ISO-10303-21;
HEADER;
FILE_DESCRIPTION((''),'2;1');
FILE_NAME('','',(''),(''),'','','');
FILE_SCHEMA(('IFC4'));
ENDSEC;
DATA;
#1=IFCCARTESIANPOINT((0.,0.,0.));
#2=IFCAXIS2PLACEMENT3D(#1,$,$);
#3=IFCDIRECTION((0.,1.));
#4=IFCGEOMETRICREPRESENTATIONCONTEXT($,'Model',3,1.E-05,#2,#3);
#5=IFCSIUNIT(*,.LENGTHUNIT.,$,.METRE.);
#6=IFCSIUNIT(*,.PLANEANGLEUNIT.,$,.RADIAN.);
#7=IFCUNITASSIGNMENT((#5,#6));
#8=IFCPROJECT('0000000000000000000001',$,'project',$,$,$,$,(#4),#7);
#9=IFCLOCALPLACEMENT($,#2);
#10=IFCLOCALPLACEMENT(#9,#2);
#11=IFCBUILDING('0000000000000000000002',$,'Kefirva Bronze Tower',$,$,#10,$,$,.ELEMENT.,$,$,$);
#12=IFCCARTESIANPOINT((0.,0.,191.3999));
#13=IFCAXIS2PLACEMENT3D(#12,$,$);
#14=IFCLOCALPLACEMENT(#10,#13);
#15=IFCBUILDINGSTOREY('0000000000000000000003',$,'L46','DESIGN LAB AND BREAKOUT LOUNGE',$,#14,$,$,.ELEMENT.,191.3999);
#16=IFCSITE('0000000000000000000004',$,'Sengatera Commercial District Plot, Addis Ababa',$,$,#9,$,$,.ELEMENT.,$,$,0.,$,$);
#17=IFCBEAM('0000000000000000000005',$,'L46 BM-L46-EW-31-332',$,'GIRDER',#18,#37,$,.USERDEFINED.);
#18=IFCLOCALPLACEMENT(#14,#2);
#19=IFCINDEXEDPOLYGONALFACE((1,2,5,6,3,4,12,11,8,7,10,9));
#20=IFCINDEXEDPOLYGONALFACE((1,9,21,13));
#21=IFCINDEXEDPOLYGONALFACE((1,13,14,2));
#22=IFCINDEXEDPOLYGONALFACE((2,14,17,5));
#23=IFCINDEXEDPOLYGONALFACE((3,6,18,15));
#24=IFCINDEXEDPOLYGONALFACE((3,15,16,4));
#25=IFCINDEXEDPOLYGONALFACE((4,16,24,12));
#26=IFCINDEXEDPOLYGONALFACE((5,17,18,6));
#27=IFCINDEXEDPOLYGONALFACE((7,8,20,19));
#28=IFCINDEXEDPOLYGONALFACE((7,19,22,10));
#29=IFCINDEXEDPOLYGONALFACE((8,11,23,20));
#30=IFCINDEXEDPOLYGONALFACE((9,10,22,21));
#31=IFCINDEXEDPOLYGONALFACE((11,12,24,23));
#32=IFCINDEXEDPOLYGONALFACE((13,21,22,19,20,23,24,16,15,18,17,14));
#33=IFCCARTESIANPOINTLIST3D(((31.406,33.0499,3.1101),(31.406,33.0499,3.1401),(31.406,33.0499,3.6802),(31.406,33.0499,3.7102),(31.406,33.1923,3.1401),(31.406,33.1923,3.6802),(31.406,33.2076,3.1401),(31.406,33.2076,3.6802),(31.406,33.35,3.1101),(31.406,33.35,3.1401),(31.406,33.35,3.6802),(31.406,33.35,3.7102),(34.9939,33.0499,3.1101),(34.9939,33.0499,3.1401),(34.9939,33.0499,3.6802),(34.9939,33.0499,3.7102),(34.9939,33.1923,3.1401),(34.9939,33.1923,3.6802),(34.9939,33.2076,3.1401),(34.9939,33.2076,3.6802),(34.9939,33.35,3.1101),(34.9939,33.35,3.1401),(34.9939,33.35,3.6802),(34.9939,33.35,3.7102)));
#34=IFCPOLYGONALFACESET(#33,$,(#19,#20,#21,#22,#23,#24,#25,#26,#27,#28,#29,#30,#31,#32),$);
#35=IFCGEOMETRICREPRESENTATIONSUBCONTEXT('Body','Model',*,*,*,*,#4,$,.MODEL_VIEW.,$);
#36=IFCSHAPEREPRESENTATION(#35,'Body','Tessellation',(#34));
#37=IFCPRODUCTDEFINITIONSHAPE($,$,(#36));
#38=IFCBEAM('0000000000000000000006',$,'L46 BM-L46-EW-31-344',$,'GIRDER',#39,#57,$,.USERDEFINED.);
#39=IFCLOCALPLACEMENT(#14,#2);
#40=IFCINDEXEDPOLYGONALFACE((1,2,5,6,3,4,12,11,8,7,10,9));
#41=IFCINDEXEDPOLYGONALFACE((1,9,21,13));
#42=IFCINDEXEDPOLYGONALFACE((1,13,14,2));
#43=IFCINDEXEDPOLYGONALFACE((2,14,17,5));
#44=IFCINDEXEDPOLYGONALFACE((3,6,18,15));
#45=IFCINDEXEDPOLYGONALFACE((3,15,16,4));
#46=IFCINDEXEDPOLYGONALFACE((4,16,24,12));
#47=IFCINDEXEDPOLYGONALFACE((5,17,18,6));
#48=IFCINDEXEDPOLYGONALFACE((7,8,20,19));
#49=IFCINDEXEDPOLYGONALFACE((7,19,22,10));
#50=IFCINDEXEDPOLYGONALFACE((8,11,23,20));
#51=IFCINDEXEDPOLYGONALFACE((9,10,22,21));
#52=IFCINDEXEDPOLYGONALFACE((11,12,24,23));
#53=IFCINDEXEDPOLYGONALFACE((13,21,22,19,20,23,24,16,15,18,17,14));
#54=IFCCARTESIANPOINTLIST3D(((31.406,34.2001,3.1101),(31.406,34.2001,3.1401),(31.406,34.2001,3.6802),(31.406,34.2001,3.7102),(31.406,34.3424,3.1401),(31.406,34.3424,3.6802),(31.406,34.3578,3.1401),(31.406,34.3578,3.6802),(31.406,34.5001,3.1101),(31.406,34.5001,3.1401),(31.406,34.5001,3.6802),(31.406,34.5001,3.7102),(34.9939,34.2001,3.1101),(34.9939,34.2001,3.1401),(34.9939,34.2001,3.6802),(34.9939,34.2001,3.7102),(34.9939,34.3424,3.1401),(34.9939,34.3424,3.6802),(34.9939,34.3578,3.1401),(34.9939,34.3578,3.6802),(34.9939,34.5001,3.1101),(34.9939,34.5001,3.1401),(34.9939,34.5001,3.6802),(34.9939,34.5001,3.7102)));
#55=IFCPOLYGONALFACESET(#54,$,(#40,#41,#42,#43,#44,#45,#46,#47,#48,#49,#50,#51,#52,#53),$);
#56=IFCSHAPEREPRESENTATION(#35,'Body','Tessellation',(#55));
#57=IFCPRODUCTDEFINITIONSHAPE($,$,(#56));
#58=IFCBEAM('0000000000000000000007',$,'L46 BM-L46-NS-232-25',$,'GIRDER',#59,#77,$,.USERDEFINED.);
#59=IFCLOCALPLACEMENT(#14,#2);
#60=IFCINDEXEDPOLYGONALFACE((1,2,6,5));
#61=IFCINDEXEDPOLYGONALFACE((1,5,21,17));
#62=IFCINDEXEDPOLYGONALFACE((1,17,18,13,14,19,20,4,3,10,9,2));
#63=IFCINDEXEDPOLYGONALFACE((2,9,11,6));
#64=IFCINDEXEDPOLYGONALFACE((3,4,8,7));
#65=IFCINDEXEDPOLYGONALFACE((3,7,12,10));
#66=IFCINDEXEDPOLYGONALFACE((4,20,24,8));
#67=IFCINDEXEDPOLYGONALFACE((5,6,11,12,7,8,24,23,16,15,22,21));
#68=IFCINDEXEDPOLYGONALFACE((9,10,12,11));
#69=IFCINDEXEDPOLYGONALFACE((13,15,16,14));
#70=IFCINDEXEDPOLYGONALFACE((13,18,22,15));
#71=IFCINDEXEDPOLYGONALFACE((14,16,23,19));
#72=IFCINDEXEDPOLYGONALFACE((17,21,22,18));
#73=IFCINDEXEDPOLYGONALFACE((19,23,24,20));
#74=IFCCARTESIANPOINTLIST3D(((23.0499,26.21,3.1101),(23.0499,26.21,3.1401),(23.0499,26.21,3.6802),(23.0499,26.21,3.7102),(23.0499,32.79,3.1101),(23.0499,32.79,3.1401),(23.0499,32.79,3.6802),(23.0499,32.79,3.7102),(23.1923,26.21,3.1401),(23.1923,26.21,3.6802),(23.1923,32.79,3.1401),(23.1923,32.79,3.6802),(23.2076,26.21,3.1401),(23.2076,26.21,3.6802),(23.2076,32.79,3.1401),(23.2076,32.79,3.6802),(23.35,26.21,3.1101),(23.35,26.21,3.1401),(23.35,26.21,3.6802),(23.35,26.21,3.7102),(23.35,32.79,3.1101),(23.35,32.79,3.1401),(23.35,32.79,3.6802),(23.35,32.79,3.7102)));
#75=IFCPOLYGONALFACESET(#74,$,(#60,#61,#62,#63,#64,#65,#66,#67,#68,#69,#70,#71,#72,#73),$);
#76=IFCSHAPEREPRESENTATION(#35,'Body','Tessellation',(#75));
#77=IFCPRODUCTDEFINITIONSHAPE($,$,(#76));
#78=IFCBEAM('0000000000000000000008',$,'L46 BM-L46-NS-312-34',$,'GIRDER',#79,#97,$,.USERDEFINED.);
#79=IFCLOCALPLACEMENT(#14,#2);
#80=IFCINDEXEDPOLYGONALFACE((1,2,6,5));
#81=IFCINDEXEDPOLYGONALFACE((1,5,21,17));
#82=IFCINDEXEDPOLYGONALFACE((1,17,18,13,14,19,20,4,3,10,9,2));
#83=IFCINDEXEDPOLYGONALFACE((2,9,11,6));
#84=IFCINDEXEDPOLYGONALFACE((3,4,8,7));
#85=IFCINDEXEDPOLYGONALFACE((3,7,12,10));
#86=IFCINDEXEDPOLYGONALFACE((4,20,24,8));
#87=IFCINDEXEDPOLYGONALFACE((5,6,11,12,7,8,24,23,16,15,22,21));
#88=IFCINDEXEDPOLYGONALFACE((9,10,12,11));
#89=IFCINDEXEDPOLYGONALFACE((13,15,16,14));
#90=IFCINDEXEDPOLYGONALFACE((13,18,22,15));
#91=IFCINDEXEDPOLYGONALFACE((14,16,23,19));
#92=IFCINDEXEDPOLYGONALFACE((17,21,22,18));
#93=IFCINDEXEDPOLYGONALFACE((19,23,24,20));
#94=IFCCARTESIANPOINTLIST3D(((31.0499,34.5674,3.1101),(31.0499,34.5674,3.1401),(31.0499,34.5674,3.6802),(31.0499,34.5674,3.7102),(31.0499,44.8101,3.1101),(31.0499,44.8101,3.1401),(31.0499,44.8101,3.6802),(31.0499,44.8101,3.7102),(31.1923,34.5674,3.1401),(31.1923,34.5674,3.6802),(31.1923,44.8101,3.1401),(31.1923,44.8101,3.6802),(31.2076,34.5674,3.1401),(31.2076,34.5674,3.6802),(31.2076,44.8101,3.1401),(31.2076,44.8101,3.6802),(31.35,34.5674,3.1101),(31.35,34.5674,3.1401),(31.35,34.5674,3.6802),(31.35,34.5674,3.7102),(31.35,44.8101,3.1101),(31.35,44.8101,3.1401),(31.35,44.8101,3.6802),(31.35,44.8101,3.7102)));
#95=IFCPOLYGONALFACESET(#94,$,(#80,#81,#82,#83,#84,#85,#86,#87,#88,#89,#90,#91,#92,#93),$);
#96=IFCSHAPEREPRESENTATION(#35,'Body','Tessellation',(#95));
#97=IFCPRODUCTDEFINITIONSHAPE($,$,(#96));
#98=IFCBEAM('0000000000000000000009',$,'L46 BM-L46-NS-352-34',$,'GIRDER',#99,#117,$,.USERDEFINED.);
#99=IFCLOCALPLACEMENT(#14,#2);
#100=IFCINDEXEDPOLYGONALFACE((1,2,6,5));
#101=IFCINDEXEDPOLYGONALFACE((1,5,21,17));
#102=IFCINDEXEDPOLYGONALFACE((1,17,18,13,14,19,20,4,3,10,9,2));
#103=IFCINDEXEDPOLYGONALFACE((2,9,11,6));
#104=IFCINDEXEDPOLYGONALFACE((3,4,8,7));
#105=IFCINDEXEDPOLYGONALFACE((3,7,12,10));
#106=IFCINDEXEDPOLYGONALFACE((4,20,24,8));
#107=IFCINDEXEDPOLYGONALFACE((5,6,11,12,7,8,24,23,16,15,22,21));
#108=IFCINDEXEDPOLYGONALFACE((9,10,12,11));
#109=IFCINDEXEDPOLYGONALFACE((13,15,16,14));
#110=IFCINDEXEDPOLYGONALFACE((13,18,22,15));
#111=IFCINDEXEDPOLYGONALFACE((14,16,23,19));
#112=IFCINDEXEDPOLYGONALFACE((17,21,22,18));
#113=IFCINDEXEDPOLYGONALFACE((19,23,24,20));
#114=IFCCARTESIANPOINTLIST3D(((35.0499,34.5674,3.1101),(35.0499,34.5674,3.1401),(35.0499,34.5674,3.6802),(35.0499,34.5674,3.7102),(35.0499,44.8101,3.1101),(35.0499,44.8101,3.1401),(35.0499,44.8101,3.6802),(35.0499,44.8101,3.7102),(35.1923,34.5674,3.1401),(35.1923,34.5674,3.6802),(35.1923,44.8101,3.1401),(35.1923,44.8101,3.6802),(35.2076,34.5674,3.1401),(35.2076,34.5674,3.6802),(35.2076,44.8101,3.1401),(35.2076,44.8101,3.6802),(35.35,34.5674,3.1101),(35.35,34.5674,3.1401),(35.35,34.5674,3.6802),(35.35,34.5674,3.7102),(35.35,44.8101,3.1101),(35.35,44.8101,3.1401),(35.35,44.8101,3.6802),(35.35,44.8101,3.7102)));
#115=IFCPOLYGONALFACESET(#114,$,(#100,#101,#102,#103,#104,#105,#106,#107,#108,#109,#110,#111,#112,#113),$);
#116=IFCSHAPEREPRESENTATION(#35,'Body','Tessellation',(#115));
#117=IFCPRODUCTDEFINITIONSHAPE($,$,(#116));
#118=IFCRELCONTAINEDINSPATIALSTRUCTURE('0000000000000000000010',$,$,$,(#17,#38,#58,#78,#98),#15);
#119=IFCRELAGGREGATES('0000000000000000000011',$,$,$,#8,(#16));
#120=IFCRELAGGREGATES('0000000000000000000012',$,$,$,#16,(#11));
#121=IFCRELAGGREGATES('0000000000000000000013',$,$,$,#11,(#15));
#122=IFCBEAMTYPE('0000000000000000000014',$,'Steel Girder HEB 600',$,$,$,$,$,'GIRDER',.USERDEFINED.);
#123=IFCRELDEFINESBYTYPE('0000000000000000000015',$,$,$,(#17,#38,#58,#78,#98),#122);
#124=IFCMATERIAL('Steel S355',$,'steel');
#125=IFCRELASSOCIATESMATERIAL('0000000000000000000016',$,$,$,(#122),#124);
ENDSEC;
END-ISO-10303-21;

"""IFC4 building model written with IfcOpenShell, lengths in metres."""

from ifc_helpers import new_model, si_unit, direction, frame, origin, origin_2d, place, context, subcontext, project, spatial, i_section, extrude, material, material_profile, profile_set, type_object, element, save


model = new_model("IFC4")

# Units and contexts
model_context = context("Model", 3, precision=1e-05, world=origin(), true_north=direction((0.0, 1.0)))
body_context = subcontext(model_context, "Body", "Model", "MODEL_VIEW")
ifc_project = project(units=[si_unit("LENGTHUNIT", "METRE"), si_unit("PLANEANGLEUNIT", "RADIAN")], contexts=[model_context])

# Site, building, storey
site_placement = place(None, origin())
site = spatial("IfcSite", under=ifc_project, at=site_placement, Name="Sengatera Commercial District Plot, Addis Ababa", CompositionType="ELEMENT", RefElevation=0.0)
building_placement = place(site_placement, origin())
building = spatial("IfcBuilding", under=site, at=building_placement, Name="Kefirva Bronze Tower", CompositionType="ELEMENT")
storey_placement = place(building_placement, frame((0.0, 0.0, 191.3999)))
storey = spatial("IfcBuildingStorey", under=building, at=storey_placement, Name="L46", Description="DESIGN LAB AND BREAKOUT LOUNGE", CompositionType="ELEMENT", Elevation=191.3999)

# Beams
ifc_material_1 = material(Name="Steel S355", Category="steel")
ifc_material_profile_1 = material_profile(ifc_material_1, i_section(OverallWidth=0.3, OverallDepth=0.6001, WebThickness=0.0154, FlangeThickness=0.03, at=origin_2d()), Name="HEB 600")
ifc_profile_set_1 = profile_set([ifc_material_profile_1], Name="Steel S355")
beam_type_1 = type_object("IfcBeamType", Name="Steel Girder HEB 600", ElementType="GIRDER", PredefinedType="USERDEFINED", material=ifc_profile_set_1)
for number, where, z_axis, x_axis, name in (
    (1, (31.406, 33.2, 3.4102), (1.0, 0.0, 0.0), (0.0, 1.0, 0.0), "L46 BM-L46-EW-31-332"),
    (2, (31.406, 34.3501, 3.4102), (1.0, 0.0, 0.0), (0.0, 1.0, 0.0), "L46 BM-L46-EW-31-344"),
):
    element("IfcBeam", number, at=place(storey_placement, frame(where, z_axis=z_axis, x_axis=x_axis)), inside=storey, type_object=beam_type_1, Name=name, ObjectType="GIRDER", PredefinedType="USERDEFINED", context=body_context, shape_type="SweptSolid", body=[
        extrude(i_section(OverallWidth=0.3, OverallDepth=0.6001, WebThickness=0.0154, FlangeThickness=0.03, at=origin_2d()), origin(), (0.0, 0.0, 1.0), 3.5879),
    ])
beam_1_placement = place(storey_placement, frame((23.2, 26.21, 3.4102), z_axis=(0.0, 1.0, 0.0), x_axis=(-1.0, 0.0, 0.0)))
element("IfcBeam", 3, at=beam_1_placement, inside=storey, type_object=beam_type_1, Name="L46 BM-L46-NS-232-25", ObjectType="GIRDER", PredefinedType="USERDEFINED", context=body_context, shape_type="SweptSolid", body=[
    extrude(i_section(OverallWidth=0.3, OverallDepth=0.6001, WebThickness=0.0154, FlangeThickness=0.03, at=origin_2d()), origin(), (0.0, 0.0, 1.0), 6.5801),
])
for number, where, z_axis, x_axis, name in (
    (4, (31.2, 34.5674, 3.4102), (0.0, 1.0, 0.0), (-1.0, 0.0, 0.0), "L46 BM-L46-NS-312-34"),
    (5, (35.2, 34.5674, 3.4102), (0.0, 1.0, 0.0), (-1.0, 0.0, 0.0), "L46 BM-L46-NS-352-34"),
):
    element("IfcBeam", number, at=place(storey_placement, frame(where, z_axis=z_axis, x_axis=x_axis)), inside=storey, type_object=beam_type_1, Name=name, ObjectType="GIRDER", PredefinedType="USERDEFINED", context=body_context, shape_type="SweptSolid", body=[
        extrude(i_section(OverallWidth=0.3, OverallDepth=0.6001, WebThickness=0.0154, FlangeThickness=0.03, at=origin_2d()), origin(), (0.0, 0.0, 1.0), 10.2427),
    ])

save(model, "model.ifc")
